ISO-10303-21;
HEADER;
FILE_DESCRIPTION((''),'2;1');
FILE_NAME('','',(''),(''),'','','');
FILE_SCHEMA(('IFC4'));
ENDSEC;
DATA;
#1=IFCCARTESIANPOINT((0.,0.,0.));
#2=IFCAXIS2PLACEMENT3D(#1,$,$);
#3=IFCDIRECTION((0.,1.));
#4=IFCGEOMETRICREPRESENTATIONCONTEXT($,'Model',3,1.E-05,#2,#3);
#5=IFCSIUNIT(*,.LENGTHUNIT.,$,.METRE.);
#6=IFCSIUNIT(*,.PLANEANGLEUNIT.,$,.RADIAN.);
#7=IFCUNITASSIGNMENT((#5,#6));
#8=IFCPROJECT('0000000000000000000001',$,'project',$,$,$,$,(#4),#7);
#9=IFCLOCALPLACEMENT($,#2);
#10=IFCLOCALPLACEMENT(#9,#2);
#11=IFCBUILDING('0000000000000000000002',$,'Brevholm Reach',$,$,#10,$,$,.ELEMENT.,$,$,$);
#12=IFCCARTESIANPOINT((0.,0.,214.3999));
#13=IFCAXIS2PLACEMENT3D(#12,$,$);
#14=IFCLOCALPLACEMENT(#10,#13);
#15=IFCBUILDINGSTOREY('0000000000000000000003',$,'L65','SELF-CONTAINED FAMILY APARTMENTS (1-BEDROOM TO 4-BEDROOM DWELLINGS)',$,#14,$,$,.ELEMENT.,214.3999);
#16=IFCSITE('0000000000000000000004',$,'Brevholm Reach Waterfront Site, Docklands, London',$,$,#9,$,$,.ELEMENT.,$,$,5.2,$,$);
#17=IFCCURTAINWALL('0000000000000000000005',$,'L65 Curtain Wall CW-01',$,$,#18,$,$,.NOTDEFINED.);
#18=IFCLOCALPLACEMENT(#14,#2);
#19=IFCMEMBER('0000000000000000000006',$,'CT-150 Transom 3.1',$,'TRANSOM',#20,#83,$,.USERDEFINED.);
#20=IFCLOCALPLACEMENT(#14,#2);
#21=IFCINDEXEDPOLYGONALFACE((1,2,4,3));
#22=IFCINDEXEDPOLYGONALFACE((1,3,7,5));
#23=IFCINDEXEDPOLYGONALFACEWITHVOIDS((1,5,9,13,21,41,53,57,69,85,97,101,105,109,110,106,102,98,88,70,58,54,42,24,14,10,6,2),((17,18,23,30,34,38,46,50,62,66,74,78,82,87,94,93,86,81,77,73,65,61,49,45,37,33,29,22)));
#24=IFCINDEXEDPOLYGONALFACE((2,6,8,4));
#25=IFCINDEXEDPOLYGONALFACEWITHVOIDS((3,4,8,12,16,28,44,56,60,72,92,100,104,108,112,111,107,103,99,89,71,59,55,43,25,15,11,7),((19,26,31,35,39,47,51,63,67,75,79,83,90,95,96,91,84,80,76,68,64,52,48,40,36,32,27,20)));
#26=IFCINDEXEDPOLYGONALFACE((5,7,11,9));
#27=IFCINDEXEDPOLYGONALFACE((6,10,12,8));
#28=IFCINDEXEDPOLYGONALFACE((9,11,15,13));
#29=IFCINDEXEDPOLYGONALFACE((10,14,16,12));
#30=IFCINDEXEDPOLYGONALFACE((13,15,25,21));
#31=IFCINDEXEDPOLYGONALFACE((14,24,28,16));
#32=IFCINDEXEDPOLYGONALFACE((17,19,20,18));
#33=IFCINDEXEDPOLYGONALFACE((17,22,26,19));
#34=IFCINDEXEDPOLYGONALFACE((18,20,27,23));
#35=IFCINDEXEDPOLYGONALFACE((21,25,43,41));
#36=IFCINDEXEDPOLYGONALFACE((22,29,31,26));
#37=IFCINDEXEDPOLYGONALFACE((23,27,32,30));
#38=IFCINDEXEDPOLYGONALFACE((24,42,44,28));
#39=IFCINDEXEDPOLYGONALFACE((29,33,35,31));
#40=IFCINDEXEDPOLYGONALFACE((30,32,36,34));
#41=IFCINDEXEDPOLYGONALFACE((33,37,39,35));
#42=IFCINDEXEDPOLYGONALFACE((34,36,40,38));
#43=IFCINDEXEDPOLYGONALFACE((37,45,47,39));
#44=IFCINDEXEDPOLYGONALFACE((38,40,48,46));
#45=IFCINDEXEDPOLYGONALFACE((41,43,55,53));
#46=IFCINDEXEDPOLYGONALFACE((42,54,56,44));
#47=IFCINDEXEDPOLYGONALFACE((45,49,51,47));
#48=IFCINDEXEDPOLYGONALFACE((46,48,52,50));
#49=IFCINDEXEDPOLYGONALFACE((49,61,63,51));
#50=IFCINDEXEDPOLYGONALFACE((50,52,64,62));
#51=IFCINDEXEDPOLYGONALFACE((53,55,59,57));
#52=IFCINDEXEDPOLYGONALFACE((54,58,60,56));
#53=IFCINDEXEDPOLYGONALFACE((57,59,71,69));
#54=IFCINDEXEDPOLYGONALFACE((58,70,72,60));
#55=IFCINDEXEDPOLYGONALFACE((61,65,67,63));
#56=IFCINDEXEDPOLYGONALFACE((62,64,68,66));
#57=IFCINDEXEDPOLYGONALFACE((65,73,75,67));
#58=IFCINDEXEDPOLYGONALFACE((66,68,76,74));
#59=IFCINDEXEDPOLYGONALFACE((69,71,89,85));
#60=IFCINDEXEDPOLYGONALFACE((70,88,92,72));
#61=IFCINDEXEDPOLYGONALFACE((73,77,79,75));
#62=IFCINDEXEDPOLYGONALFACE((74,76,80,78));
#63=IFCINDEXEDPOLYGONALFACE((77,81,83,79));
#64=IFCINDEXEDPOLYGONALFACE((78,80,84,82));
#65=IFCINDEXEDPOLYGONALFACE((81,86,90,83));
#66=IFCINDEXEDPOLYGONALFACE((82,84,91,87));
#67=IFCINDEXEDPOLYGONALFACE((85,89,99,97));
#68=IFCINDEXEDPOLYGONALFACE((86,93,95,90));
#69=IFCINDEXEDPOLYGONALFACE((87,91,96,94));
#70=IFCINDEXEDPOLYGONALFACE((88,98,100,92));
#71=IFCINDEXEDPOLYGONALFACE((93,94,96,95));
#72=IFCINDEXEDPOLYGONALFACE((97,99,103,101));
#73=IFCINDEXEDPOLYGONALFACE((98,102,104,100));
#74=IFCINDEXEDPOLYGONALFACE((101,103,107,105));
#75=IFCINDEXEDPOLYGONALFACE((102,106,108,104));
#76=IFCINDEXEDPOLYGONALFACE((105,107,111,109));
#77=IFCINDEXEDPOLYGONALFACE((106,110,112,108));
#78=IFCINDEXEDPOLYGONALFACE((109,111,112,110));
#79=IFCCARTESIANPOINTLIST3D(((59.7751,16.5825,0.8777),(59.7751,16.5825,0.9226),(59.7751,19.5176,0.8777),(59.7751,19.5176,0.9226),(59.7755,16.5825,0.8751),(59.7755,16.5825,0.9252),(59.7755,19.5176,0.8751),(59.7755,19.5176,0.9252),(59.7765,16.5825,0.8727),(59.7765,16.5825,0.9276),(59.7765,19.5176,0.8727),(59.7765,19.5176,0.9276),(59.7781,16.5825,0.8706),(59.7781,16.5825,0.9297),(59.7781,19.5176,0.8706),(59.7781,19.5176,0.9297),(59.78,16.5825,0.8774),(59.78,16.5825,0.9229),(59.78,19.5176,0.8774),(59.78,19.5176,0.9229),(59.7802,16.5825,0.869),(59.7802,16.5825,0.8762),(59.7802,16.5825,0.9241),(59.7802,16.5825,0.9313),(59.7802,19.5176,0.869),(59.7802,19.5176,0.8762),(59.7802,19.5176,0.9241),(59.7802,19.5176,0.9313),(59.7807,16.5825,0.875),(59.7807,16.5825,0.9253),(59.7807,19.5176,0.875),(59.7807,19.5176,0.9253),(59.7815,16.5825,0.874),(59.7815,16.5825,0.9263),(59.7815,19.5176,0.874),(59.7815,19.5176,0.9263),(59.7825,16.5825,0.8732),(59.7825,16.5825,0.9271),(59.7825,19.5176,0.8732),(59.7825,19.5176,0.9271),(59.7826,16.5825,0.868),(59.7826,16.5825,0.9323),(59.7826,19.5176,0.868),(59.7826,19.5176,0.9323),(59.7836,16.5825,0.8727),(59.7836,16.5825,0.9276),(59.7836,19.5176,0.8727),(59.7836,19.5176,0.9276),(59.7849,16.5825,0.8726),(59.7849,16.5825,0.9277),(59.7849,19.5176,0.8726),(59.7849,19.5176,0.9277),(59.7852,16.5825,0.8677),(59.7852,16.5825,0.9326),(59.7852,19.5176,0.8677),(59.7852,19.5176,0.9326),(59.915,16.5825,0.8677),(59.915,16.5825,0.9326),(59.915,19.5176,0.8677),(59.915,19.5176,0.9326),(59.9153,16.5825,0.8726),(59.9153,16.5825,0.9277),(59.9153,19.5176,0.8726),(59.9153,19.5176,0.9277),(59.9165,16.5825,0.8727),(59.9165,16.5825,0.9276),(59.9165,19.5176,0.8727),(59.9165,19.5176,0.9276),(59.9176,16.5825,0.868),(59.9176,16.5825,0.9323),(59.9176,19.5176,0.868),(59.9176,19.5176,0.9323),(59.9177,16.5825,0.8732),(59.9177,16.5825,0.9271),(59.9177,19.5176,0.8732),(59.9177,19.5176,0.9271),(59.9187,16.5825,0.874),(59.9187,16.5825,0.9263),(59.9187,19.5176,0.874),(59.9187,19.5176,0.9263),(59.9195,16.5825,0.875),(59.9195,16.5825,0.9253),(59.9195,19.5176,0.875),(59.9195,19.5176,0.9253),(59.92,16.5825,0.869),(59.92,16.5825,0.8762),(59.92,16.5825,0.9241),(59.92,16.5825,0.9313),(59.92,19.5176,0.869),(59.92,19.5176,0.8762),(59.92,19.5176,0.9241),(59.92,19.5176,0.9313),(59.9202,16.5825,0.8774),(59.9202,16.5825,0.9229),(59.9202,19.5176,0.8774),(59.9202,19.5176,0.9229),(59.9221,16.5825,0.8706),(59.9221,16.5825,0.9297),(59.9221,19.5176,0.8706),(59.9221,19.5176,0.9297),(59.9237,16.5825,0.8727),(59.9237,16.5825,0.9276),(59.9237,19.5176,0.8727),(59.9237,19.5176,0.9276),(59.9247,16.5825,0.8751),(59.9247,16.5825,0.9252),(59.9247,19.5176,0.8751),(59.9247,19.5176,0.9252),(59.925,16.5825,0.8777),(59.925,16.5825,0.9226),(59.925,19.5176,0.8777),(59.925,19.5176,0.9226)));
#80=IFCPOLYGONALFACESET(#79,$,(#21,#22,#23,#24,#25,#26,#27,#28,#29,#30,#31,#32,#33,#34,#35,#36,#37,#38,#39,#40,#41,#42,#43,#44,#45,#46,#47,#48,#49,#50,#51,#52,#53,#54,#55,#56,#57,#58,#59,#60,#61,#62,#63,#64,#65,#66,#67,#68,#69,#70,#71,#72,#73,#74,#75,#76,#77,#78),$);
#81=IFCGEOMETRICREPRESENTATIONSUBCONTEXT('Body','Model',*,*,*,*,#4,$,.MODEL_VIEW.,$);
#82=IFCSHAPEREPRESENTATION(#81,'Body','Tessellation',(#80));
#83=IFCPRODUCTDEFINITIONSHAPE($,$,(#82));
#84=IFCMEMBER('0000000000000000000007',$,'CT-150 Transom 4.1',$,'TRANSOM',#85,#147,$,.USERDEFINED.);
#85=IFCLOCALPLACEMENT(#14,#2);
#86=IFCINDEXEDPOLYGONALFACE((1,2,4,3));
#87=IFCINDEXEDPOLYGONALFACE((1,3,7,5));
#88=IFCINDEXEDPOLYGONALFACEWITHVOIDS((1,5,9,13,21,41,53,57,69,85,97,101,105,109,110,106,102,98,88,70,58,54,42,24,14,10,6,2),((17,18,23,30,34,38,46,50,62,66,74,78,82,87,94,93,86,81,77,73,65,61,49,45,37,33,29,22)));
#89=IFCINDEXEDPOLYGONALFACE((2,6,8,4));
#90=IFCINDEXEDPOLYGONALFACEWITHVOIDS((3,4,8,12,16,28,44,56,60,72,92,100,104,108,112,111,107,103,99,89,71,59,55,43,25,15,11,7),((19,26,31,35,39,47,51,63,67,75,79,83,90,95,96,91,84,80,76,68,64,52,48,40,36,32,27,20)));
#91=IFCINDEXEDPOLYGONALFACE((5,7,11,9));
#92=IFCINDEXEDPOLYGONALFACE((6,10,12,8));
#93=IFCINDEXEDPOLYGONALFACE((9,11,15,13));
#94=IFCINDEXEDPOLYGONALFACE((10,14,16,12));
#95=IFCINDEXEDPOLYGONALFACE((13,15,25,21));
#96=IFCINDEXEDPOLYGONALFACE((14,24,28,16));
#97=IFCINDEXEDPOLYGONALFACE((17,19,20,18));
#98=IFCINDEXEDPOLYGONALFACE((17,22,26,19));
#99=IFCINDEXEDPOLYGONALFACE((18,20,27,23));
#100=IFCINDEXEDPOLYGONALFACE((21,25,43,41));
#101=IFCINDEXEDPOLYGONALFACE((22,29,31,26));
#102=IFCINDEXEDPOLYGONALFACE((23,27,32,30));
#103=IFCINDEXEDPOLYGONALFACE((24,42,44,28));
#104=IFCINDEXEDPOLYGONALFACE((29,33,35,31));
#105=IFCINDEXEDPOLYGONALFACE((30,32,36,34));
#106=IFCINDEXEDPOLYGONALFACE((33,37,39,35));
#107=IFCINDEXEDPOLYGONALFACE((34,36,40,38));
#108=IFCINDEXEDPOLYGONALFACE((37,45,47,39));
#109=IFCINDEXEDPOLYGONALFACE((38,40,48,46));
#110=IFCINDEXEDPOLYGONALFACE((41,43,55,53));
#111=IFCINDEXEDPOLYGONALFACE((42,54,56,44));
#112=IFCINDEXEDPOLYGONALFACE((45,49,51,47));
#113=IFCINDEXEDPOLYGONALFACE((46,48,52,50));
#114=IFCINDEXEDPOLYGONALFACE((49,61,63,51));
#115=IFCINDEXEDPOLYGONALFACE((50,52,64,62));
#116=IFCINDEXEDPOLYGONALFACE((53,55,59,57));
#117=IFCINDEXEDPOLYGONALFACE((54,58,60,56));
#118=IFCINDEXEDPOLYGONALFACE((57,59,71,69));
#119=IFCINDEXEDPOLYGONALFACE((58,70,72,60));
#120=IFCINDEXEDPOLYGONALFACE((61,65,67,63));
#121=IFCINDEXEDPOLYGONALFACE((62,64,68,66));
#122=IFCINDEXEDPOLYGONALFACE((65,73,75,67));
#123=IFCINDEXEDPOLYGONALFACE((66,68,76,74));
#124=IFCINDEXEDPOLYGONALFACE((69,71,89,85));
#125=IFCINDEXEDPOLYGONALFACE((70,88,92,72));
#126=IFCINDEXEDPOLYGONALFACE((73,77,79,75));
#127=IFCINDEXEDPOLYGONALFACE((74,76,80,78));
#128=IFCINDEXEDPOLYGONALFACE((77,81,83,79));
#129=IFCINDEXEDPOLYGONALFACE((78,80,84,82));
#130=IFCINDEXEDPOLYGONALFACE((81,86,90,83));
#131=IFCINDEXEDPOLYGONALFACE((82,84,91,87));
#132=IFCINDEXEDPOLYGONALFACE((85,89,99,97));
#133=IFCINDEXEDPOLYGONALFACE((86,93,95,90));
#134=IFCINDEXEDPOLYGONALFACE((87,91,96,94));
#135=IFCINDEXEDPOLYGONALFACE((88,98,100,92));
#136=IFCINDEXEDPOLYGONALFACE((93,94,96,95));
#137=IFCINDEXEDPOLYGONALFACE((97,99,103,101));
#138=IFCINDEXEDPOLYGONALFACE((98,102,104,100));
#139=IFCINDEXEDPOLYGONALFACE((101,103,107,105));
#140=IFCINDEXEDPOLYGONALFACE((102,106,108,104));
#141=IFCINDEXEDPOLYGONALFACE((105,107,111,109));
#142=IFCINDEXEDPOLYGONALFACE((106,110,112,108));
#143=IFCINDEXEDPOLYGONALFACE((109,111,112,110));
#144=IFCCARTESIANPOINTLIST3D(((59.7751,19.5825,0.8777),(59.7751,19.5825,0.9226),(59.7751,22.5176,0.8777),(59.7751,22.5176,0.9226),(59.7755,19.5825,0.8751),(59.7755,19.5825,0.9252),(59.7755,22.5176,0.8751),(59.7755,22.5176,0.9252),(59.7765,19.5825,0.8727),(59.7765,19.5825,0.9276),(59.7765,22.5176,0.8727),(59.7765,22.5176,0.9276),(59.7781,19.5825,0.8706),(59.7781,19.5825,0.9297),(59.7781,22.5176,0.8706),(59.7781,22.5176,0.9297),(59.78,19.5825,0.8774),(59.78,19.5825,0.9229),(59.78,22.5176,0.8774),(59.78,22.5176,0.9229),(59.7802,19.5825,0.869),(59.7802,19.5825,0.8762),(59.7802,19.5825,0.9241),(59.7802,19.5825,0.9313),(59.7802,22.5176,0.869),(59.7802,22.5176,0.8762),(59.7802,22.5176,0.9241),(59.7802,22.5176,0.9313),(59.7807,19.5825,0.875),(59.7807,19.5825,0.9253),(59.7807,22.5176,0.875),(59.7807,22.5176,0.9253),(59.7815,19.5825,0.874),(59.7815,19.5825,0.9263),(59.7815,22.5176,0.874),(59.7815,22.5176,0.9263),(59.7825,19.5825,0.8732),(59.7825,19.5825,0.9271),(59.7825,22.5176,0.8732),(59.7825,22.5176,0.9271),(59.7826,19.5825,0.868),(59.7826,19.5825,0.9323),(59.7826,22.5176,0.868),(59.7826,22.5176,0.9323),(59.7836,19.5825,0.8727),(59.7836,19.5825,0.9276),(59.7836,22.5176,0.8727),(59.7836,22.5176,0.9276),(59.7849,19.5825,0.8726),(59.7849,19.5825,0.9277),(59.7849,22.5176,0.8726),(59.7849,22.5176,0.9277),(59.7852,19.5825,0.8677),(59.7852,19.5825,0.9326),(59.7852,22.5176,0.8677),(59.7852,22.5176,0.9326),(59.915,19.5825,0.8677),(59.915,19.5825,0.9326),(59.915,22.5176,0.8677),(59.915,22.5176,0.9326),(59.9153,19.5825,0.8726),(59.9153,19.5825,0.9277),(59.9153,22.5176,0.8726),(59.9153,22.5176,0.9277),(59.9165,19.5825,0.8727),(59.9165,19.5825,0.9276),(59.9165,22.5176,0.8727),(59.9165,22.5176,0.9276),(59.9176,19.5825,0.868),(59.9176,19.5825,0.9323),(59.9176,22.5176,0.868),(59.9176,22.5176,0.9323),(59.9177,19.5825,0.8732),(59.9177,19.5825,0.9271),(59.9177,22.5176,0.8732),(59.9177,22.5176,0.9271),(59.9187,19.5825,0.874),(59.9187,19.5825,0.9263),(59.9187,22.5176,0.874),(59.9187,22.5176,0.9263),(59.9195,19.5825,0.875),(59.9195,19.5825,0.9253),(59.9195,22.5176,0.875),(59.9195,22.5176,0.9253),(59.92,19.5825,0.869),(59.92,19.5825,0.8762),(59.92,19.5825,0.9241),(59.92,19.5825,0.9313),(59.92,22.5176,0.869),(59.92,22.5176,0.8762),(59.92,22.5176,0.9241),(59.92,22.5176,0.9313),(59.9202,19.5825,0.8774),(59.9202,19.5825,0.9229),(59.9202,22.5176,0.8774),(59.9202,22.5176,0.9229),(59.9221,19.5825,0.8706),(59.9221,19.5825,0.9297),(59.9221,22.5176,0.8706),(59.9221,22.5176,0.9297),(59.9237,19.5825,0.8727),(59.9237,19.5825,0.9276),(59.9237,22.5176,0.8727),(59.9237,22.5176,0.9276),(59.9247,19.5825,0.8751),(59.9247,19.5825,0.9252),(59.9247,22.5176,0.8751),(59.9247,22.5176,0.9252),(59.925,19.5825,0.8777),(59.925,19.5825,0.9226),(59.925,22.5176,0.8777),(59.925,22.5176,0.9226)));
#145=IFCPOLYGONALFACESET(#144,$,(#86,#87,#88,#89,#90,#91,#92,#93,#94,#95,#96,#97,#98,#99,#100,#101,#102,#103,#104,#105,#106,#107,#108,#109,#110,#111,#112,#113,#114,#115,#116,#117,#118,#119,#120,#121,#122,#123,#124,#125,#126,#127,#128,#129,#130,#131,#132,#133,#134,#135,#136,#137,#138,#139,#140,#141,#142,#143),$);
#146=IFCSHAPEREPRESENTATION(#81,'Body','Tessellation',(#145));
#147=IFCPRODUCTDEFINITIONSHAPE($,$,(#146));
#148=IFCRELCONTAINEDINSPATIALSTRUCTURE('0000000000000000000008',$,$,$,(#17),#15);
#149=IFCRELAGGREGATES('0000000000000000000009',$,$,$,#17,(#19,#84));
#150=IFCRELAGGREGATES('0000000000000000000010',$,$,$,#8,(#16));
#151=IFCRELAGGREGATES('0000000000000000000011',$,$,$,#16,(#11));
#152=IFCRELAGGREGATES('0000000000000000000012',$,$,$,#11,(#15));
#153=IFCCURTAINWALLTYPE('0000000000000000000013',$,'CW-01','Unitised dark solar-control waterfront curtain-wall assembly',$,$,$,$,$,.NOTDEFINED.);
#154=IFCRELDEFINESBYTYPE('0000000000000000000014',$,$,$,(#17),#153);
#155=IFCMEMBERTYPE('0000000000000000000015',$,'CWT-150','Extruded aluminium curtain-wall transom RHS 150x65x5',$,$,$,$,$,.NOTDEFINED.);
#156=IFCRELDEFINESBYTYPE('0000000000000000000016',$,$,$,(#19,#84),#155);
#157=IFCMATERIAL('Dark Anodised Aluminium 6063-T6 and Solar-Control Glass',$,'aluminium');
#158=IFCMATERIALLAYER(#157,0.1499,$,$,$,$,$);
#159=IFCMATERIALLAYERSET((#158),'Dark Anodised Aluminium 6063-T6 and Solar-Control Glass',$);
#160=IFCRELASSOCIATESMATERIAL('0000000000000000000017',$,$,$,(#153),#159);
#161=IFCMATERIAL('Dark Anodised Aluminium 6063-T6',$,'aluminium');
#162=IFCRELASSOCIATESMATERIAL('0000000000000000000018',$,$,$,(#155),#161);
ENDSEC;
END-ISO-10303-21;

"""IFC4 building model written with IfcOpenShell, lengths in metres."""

from ifc_helpers import new_model, si_unit, direction, frame, origin, origin_2d, place, context, subcontext, project, spatial, hollow_rectangle, extrude, material, layer, layer_set, material_profile, profile_set, type_object, element, aggregate, save


model = new_model("IFC4")

# Units and contexts
model_context = context("Model", 3, precision=1e-05, world=origin(), true_north=direction((0.0, 1.0)))
body_context = subcontext(model_context, "Body", "Model", "MODEL_VIEW")
ifc_project = project(units=[si_unit("LENGTHUNIT", "METRE"), si_unit("PLANEANGLEUNIT", "RADIAN")], contexts=[model_context])

# Site, building, storey
site_placement = place(None, origin())
site = spatial("IfcSite", under=ifc_project, at=site_placement, Name="Brevholm Reach Waterfront Site, Docklands, London", CompositionType="ELEMENT", RefElevation=5.2)
building_placement = place(site_placement, origin())
building = spatial("IfcBuilding", under=site, at=building_placement, Name="Brevholm Reach", CompositionType="ELEMENT")
storey_placement = place(building_placement, frame((0.0, 0.0, 214.3999)))
storey = spatial("IfcBuildingStorey", under=building, at=storey_placement, Name="L65", Description="SELF-CONTAINED FAMILY APARTMENTS (1-BEDROOM TO 4-BEDROOM DWELLINGS)", CompositionType="ELEMENT", Elevation=214.3999)

# Curtain wall, members
ifc_material_1 = material(Name="Dark Anodised Aluminium 6063-T6 and Solar-Control Glass", Category="aluminium")
ifc_layer_1 = layer(ifc_material_1, 0.1499)
ifc_layer_set_1 = layer_set([ifc_layer_1], Name="Dark Anodised Aluminium 6063-T6 and Solar-Control Glass")
curtain_wall_type = type_object("IfcCurtainWallType", Name="CW-01", Description="Unitised dark solar-control waterfront curtain-wall assembly", PredefinedType="NOTDEFINED", material=ifc_layer_set_1)
curtain_wall_placement = place(storey_placement, origin())
curtain_wall = element("IfcCurtainWall", 1, at=curtain_wall_placement, inside=storey, type_object=curtain_wall_type, Name="L65 Curtain Wall CW-01", PredefinedType="NOTDEFINED")
ifc_material_2 = material(Name="Dark Anodised Aluminium 6063-T6", Category="aluminium")
ifc_material_profile_1 = material_profile(ifc_material_2, hollow_rectangle(XDim=0.0649, YDim=0.1499, WallThickness=0.0049, InnerFilletRadius=0.0049, OuterFilletRadius=0.01, at=origin_2d()), Name="RHS 150x65x5")
ifc_profile_set_1 = profile_set([ifc_material_profile_1], Name="Dark Anodised Aluminium 6063-T6")
member_type_1 = type_object("IfcMemberType", Name="CWT-150", Description="Extruded aluminium curtain-wall transom RHS 150x65x5", PredefinedType="NOTDEFINED", material=ifc_profile_set_1)
member_1_placement = place(storey_placement, frame((59.8501, 16.5825, 0.9001), z_axis=(0.0, 1.0, 0.0), x_axis=(0.0, 0.0, 1.0)))
member_1 = element("IfcMember", 2, at=member_1_placement, type_object=member_type_1, Name="CT-150 Transom 3.1", ObjectType="TRANSOM", PredefinedType="USERDEFINED", context=body_context, shape_type="SweptSolid", body=[
    extrude(hollow_rectangle(XDim=0.0649, YDim=0.1499, WallThickness=0.0049, InnerFilletRadius=0.0049, OuterFilletRadius=0.01, at=origin_2d()), origin(), (0.0, 0.0, 1.0), 2.9351),
])
member_2_placement = place(storey_placement, frame((59.8501, 19.5825, 0.9001), z_axis=(0.0, 1.0, 0.0), x_axis=(0.0, 0.0, 1.0)))
member_2 = element("IfcMember", 3, at=member_2_placement, type_object=member_type_1, Name="CT-150 Transom 4.1", ObjectType="TRANSOM", PredefinedType="USERDEFINED", context=body_context, shape_type="SweptSolid", body=[
    extrude(hollow_rectangle(XDim=0.0649, YDim=0.1499, WallThickness=0.0049, InnerFilletRadius=0.0049, OuterFilletRadius=0.01, at=origin_2d()), origin(), (0.0, 0.0, 1.0), 2.9351),
])
aggregate(curtain_wall, [member_1, member_2])

save(model, "model.ifc")
